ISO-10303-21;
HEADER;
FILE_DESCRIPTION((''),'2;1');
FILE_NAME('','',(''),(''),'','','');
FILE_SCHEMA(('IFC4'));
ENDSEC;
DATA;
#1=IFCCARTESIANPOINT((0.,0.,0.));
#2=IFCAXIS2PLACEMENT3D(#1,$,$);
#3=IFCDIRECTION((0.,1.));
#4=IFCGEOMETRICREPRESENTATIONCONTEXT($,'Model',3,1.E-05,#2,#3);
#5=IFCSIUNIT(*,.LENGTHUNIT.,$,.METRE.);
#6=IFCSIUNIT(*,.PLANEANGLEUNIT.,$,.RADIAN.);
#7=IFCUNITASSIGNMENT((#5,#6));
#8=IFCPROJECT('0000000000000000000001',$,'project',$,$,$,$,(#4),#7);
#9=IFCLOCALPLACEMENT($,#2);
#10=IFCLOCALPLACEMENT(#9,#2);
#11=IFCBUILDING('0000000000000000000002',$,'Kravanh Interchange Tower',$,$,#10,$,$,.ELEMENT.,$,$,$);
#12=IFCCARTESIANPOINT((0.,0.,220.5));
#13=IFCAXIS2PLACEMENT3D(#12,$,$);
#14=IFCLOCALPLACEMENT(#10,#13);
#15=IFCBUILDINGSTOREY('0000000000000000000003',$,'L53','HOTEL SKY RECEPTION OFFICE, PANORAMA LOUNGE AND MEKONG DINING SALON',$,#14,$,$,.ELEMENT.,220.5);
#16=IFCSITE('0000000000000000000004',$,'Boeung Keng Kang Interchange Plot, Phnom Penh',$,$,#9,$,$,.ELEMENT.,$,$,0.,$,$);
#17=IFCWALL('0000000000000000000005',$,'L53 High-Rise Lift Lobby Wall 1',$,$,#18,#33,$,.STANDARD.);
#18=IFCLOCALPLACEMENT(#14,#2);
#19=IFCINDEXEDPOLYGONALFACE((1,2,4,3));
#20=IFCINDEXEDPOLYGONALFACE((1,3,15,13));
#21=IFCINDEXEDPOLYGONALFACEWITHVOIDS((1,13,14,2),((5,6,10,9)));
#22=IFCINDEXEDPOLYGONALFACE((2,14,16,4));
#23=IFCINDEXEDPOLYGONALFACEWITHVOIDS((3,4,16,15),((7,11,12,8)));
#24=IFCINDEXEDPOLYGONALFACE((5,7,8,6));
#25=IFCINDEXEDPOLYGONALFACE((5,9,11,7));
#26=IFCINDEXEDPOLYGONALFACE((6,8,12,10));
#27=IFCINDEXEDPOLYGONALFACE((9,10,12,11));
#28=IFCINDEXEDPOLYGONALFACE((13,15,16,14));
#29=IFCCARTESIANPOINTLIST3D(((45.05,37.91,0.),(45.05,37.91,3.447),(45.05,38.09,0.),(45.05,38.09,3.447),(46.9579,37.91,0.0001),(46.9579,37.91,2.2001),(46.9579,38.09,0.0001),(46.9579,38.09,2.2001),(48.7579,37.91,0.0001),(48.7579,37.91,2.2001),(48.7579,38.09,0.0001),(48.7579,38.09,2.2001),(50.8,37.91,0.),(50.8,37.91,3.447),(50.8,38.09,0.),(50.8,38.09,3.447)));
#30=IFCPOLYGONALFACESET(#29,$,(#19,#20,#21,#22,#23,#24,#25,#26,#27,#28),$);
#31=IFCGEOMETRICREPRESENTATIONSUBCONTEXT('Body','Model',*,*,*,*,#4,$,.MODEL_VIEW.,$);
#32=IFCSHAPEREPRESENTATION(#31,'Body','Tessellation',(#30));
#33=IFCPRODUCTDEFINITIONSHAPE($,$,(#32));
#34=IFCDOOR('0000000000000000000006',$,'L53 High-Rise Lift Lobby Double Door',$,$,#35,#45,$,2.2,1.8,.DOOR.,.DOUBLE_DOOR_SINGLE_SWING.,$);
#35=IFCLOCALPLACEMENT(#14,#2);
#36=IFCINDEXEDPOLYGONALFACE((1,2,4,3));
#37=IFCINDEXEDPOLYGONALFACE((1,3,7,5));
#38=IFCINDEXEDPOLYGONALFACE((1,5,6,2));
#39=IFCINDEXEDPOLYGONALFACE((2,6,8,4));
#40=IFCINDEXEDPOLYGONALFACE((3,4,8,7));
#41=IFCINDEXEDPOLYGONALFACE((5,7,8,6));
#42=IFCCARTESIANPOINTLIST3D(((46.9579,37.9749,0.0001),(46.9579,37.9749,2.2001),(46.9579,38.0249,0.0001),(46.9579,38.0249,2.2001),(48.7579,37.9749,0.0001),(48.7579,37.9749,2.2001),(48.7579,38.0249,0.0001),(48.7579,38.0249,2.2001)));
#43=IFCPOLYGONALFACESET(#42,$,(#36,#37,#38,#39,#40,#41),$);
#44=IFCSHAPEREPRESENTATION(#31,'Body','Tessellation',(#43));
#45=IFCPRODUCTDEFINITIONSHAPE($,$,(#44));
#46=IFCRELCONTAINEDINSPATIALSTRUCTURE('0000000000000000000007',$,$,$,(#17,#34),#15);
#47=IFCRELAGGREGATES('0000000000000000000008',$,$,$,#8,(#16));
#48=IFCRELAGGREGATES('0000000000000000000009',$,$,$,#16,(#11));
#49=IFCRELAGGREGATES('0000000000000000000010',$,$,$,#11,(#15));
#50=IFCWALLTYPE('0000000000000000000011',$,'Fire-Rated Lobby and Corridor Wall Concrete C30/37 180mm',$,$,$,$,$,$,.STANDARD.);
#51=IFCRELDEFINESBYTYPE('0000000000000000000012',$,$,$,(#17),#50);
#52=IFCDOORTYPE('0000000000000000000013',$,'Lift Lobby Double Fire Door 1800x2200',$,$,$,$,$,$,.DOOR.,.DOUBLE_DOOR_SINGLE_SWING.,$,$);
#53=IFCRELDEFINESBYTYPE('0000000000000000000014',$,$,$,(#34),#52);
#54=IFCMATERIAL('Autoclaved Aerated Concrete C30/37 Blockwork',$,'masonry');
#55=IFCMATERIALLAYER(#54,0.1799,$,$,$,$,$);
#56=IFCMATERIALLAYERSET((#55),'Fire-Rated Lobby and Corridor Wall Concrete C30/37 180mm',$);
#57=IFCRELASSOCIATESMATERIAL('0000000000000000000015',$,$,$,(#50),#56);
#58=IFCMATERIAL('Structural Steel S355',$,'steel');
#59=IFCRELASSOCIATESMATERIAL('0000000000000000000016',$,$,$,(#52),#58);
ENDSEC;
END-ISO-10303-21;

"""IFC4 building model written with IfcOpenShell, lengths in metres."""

from ifc_helpers import new_model, si_unit, direction, frame, frame_2d, origin, place, context, subcontext, project, spatial, rectangle, extrude, material, layer, layer_set, type_object, element, fill, save


model = new_model("IFC4")

# Units and contexts
model_context = context("Model", 3, precision=1e-05, world=origin(), true_north=direction((0.0, 1.0)))
body_context = subcontext(model_context, "Body", "Model", "MODEL_VIEW")
ifc_project = project(units=[si_unit("LENGTHUNIT", "METRE"), si_unit("PLANEANGLEUNIT", "RADIAN")], contexts=[model_context])

# Site, building, storey
site_placement = place(None, origin())
site = spatial("IfcSite", under=ifc_project, at=site_placement, Name="Boeung Keng Kang Interchange Plot, Phnom Penh", CompositionType="ELEMENT", RefElevation=0.0)
building_placement = place(site_placement, origin())
building = spatial("IfcBuilding", under=site, at=building_placement, Name="Kravanh Interchange Tower", CompositionType="ELEMENT")
storey_placement = place(building_placement, frame((0.0, 0.0, 220.5)))
storey = spatial("IfcBuildingStorey", under=building, at=storey_placement, Name="L53", Description="HOTEL SKY RECEPTION OFFICE, PANORAMA LOUNGE AND MEKONG DINING SALON", CompositionType="ELEMENT", Elevation=220.5)

# Wall, opening, door
ifc_material_1 = material(Name="Autoclaved Aerated Concrete C30/37 Blockwork", Category="masonry")
ifc_layer_1 = layer(ifc_material_1, 0.1799)
ifc_layer_set_1 = layer_set([ifc_layer_1], Name="Fire-Rated Lobby and Corridor Wall Concrete C30/37 180mm")
wall_type_1 = type_object("IfcWallType", Name="Fire-Rated Lobby and Corridor Wall Concrete C30/37 180mm", PredefinedType="STANDARD", material=ifc_layer_set_1)
wall_1_placement = place(storey_placement, frame((45.05, 38.0, 0.0), z_axis=(0.0, 0.0, 1.0), x_axis=(1.0, 0.0, 0.0)))
wall_1 = element("IfcWall", 1, at=wall_1_placement, inside=storey, type_object=wall_type_1, Name="L53 High-Rise Lift Lobby Wall 1", PredefinedType="STANDARD", context=body_context, shape_type="SweptSolid", body=[
    extrude(rectangle(XDim=5.75, YDim=0.1799, at=frame_2d((2.875, 0.0))), origin(), (0.0, 0.0, 1.0), 3.447),
])
opening_1_placement = place(wall_1_placement, frame((1.908, 0.0, 0.0)))
opening_1 = element("IfcOpeningElement", 2, at=opening_1_placement, cuts=wall_1, PredefinedType="OPENING", context=body_context, shape_type="SweptSolid", body=[
    extrude(rectangle(XDim=1.8, YDim=2.2, at=frame_2d((0.8999, 1.1001))), frame((0.0, 0.1001, 0.0), z_axis=(0.0, -1.0, 0.0), x_axis=(1.0, 0.0, 0.0)), (0.0, 0.0, 1.0), 0.2),
])
ifc_material_2 = material(Name="Structural Steel S355", Category="steel")
door_type_1 = type_object("IfcDoorType", Name="Lift Lobby Double Fire Door 1800x2200", OperationType="DOUBLE_DOOR_SINGLE_SWING", PredefinedType="DOOR", material=ifc_material_2)
door_1_placement = place(opening_1_placement, origin())
door_1 = element("IfcDoor", 3, at=door_1_placement, inside=storey, type_object=door_type_1, Name="L53 High-Rise Lift Lobby Double Door", OperationType="DOUBLE_DOOR_SINGLE_SWING", OverallHeight=2.2, OverallWidth=1.8, PredefinedType="DOOR", context=body_context, shape_type="SweptSolid", body=[
    extrude(rectangle(XDim=1.8, YDim=2.2, at=frame_2d((0.8999, 1.1001))), frame((0.0, 0.0249, 0.0), z_axis=(0.0, -1.0, 0.0), x_axis=(1.0, 0.0, 0.0)), (0.0, 0.0, 1.0), 0.05),
])
fill(opening_1, door_1)

save(model, "model.ifc")
